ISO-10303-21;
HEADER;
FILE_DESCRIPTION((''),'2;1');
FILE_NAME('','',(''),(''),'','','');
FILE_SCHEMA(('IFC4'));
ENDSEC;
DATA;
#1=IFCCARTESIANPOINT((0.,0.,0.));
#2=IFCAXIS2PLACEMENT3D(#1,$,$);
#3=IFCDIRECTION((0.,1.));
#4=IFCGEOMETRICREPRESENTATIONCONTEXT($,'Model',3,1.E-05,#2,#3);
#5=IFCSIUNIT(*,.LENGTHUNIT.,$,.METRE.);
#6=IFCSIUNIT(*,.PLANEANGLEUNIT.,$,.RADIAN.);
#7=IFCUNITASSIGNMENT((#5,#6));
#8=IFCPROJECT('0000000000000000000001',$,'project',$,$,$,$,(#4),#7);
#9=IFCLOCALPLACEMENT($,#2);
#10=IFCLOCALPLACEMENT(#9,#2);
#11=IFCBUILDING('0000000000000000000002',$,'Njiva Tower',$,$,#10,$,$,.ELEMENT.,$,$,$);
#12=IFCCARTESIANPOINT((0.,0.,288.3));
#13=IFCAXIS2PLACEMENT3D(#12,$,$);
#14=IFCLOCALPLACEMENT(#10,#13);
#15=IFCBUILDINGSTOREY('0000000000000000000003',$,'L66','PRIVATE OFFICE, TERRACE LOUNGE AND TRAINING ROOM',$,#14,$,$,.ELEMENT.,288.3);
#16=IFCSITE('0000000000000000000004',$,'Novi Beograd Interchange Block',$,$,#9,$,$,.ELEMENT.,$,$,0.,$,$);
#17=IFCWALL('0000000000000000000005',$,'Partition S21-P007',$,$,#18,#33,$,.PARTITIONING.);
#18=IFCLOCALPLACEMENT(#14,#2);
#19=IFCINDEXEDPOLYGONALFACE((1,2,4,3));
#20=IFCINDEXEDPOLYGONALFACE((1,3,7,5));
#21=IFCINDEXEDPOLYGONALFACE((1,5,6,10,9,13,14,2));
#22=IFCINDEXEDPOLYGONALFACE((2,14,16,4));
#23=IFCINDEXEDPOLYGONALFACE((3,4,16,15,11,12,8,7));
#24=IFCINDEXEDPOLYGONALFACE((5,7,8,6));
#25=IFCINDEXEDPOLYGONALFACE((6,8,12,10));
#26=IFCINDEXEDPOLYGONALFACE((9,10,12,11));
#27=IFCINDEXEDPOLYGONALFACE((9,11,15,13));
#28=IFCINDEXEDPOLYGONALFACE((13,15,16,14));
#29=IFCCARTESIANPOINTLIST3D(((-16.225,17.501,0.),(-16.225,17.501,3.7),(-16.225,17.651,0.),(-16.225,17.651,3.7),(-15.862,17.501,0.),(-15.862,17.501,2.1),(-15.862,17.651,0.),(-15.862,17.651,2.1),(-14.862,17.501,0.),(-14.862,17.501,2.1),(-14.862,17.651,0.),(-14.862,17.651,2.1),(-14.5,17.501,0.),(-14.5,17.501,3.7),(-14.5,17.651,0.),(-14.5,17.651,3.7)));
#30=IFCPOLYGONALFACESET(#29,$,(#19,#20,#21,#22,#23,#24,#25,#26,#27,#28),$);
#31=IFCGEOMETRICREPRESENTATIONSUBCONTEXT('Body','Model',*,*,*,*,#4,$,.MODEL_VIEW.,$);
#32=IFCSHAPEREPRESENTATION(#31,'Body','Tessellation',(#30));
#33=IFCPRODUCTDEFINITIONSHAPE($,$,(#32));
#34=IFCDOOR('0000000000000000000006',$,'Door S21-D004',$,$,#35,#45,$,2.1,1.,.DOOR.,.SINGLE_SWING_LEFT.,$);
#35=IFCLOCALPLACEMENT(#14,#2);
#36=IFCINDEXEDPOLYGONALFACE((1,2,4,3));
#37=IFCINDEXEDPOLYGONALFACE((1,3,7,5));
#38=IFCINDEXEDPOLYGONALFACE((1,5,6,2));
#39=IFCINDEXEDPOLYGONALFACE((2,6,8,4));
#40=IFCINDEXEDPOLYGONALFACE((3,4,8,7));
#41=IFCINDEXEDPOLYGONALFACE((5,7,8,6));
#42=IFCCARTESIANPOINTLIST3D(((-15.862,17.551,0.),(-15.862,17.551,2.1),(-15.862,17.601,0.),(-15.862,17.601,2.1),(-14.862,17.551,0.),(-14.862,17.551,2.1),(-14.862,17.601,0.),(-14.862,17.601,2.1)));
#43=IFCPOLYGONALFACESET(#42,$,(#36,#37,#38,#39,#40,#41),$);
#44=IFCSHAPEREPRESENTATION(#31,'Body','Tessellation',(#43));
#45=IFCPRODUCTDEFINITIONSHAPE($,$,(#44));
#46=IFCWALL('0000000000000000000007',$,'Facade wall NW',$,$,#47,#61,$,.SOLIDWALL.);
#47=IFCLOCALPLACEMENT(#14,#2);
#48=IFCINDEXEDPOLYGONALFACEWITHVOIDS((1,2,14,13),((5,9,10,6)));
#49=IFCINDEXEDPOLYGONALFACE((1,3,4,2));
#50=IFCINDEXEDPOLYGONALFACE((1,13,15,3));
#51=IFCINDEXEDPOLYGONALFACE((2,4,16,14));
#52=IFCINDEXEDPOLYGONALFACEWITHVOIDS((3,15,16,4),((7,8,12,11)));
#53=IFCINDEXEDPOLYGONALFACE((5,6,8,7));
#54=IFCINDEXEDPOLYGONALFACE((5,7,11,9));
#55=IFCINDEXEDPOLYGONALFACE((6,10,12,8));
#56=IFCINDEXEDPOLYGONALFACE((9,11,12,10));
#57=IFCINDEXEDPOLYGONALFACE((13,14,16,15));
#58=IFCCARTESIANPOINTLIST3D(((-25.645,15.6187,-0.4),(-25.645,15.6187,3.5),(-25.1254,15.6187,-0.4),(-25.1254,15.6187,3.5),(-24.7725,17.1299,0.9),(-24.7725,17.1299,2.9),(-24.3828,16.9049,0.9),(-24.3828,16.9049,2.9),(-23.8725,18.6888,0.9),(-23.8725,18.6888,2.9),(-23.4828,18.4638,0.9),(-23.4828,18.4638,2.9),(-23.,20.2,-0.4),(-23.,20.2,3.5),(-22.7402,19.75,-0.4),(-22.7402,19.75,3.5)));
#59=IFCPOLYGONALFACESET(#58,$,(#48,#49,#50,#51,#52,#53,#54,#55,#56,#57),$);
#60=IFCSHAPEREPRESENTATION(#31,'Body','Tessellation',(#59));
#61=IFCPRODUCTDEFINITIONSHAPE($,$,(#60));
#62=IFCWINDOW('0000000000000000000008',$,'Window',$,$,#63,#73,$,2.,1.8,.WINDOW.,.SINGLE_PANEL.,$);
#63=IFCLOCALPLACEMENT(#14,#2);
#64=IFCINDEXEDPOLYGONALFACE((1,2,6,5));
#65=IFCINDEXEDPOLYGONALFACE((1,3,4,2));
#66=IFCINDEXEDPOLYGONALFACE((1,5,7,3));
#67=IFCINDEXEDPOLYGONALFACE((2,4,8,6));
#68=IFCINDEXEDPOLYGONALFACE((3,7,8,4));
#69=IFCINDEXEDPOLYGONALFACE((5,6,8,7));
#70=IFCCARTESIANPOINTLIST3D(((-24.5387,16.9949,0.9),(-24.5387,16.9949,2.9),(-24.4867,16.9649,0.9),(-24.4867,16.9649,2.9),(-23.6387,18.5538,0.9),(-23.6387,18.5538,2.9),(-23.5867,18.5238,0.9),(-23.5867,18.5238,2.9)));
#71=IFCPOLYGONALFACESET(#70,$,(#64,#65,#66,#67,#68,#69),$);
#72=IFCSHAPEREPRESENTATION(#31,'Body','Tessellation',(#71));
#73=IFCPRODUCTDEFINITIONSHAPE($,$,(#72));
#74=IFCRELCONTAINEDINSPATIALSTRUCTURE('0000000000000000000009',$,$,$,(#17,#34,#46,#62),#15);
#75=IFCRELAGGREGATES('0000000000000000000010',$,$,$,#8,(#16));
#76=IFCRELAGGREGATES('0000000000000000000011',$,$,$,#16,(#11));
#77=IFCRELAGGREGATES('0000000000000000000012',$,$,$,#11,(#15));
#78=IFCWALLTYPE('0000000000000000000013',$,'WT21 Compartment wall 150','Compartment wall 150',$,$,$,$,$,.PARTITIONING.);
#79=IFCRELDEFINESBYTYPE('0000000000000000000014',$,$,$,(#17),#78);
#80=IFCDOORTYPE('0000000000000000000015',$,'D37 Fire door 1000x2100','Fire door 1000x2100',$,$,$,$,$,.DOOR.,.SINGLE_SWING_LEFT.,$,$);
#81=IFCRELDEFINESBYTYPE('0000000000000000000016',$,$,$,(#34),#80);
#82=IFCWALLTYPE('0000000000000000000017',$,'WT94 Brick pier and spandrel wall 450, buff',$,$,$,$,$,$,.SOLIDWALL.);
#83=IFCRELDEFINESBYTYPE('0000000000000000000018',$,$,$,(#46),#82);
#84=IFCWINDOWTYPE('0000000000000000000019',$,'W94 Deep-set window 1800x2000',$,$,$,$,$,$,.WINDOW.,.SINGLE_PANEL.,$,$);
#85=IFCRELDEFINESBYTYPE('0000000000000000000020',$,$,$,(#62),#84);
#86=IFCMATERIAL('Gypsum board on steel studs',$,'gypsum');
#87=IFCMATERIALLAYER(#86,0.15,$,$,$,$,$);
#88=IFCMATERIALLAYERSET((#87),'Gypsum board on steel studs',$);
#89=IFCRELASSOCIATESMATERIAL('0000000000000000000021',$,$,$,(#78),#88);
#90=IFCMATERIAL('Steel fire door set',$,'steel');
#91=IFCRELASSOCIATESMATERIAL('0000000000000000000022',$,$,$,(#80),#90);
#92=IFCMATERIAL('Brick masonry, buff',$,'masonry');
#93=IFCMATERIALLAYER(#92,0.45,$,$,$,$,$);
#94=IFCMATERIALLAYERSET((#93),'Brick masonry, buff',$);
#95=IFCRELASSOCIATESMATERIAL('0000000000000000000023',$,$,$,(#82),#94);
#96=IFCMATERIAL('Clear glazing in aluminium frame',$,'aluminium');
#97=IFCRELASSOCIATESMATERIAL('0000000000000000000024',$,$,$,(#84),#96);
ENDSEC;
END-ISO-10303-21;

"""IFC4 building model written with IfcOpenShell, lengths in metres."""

from ifc_helpers import new_model, si_unit, direction, frame, frame_2d, origin, place, context, subcontext, project, spatial, polyline, rectangle, outline, extrude, material, layer, layer_set, type_object, element, fill, save


model = new_model("IFC4")

# Units and contexts
model_context = context("Model", 3, precision=1e-05, world=origin(), true_north=direction((0.0, 1.0)))
body_context = subcontext(model_context, "Body", "Model", "MODEL_VIEW")
ifc_project = project(units=[si_unit("LENGTHUNIT", "METRE"), si_unit("PLANEANGLEUNIT", "RADIAN")], contexts=[model_context])

# Site, building, storey
site_placement = place(None, origin())
site = spatial("IfcSite", under=ifc_project, at=site_placement, Name="Novi Beograd Interchange Block", CompositionType="ELEMENT", RefElevation=0.0)
building_placement = place(site_placement, origin())
building = spatial("IfcBuilding", under=site, at=building_placement, Name="Njiva Tower", CompositionType="ELEMENT")
storey_placement = place(building_placement, frame((0.0, 0.0, 288.3)))
storey = spatial("IfcBuildingStorey", under=building, at=storey_placement, Name="L66", Description="PRIVATE OFFICE, TERRACE LOUNGE AND TRAINING ROOM", CompositionType="ELEMENT", Elevation=288.3)

# Shared definitions
ifc_material_1 = material(Name="Gypsum board on steel studs", Category="gypsum")

# Wall, opening, door
ifc_layer_1 = layer(ifc_material_1, 0.15)
ifc_layer_set_1 = layer_set([ifc_layer_1], Name="Gypsum board on steel studs")
wall_type_1 = type_object("IfcWallType", Name="WT21 Compartment wall 150", Description="Compartment wall 150", PredefinedType="PARTITIONING", material=ifc_layer_set_1)
wall_1_placement = place(storey_placement, frame((-16.225, 17.576, 0.0), z_axis=(0.0, 0.0, 1.0), x_axis=(1.0, 0.0, 0.0)))
wall_1 = element("IfcWall", 1, at=wall_1_placement, inside=storey, type_object=wall_type_1, Name="Partition S21-P007", PredefinedType="PARTITIONING", context=body_context, shape_type="SweptSolid", body=[
    extrude(rectangle(XDim=1.725, YDim=0.15, at=frame_2d((0.8625, 0.0))), origin(), (0.0, 0.0, 1.0), 3.7),
])
opening_1_placement = place(wall_1_placement, frame((0.363, 0.0, 0.0)))
opening_1 = element("IfcOpeningElement", 2, at=opening_1_placement, cuts=wall_1, PredefinedType="OPENING", context=body_context, shape_type="SweptSolid", body=[
    extrude(rectangle(XDim=1.0, YDim=2.1, at=frame_2d((0.5, 1.05))), frame((0.0, 0.085, 0.0), z_axis=(0.0, -1.0, 0.0), x_axis=(1.0, 0.0, 0.0)), (0.0, 0.0, 1.0), 0.17),
])
ifc_material_2 = material(Name="Steel fire door set", Category="steel")
door_type = type_object("IfcDoorType", Name="D37 Fire door 1000x2100", Description="Fire door 1000x2100", OperationType="SINGLE_SWING_LEFT", PredefinedType="DOOR", material=ifc_material_2)
door_placement = place(opening_1_placement, origin())
door = element("IfcDoor", 3, at=door_placement, inside=storey, type_object=door_type, Name="Door S21-D004", OperationType="SINGLE_SWING_LEFT", OverallHeight=2.1, OverallWidth=1.0, PredefinedType="DOOR", context=body_context, shape_type="SweptSolid", body=[
    extrude(rectangle(XDim=1.0, YDim=2.1, at=frame_2d((0.5, 1.05))), frame((0.0, 0.025, 0.0), z_axis=(0.0, -1.0, 0.0), x_axis=(1.0, 0.0, 0.0)), (0.0, 0.0, 1.0), 0.05),
])
fill(opening_1, door)

# Shared definitions
ifc_material_3 = material(Name="Clear glazing in aluminium frame", Category="aluminium")

# Wall, opening, window
ifc_material_4 = material(Name="Brick masonry, buff", Category="masonry")
ifc_layer_2 = layer(ifc_material_4, 0.45)
ifc_layer_set_2 = layer_set([ifc_layer_2], Name="Brick masonry, buff")
wall_type_2 = type_object("IfcWallType", Name="WT94 Brick pier and spandrel wall 450, buff", PredefinedType="SOLIDWALL", material=ifc_layer_set_2)
wall_2_placement = place(storey_placement, frame((-22.8701, 19.975, -0.4), z_axis=(0.0, 0.0, 1.0), x_axis=(-0.499998, -0.866026, 0.0)))
wall_2 = element("IfcWall", 4, at=wall_2_placement, inside=storey, type_object=wall_type_2, Name="Facade wall NW", PredefinedType="SOLIDWALL", context=body_context, shape_type="SweptSolid", body=[
    extrude(outline(polyline([(-0.1299, -0.225), (5.1601, -0.225), (4.9003, 0.225), (0.1299, 0.225), (-0.1299, -0.225)])), origin(), (0.0, 0.0, 1.0), 3.9),
])
opening_2_placement = place(wall_2_placement, frame((1.6151, 0.0, 1.3)))
opening_2 = element("IfcOpeningElement", 5, at=opening_2_placement, cuts=wall_2, PredefinedType="OPENING", context=body_context, shape_type="SweptSolid", body=[
    extrude(rectangle(XDim=1.8, YDim=2.0, at=frame_2d((0.9, 1.0))), frame((0.0, 0.235, 0.0), z_axis=(0.0, -1.0, 0.0), x_axis=(1.0, 0.0, 0.0)), (0.0, 0.0, 1.0), 0.47),
])
window_type_1 = type_object("IfcWindowType", Name="W94 Deep-set window 1800x2000", PartitioningType="SINGLE_PANEL", PredefinedType="WINDOW", material=ifc_material_3)
window_1_placement = place(opening_2_placement, origin())
window_1 = element("IfcWindow", 6, at=window_1_placement, inside=storey, type_object=window_type_1, Name="Window", OverallHeight=2.0, OverallWidth=1.8, PartitioningType="SINGLE_PANEL", PredefinedType="WINDOW", context=body_context, shape_type="SweptSolid", body=[
    extrude(rectangle(XDim=1.8, YDim=2.0, at=frame_2d((0.9, 1.0))), frame((0.0, 0.105, 0.0), z_axis=(0.0, -1.0, 0.0), x_axis=(1.0, 0.0, 0.0)), (0.0, 0.0, 1.0), 0.06),
])
fill(opening_2, window_1)

save(model, "model.ifc")
